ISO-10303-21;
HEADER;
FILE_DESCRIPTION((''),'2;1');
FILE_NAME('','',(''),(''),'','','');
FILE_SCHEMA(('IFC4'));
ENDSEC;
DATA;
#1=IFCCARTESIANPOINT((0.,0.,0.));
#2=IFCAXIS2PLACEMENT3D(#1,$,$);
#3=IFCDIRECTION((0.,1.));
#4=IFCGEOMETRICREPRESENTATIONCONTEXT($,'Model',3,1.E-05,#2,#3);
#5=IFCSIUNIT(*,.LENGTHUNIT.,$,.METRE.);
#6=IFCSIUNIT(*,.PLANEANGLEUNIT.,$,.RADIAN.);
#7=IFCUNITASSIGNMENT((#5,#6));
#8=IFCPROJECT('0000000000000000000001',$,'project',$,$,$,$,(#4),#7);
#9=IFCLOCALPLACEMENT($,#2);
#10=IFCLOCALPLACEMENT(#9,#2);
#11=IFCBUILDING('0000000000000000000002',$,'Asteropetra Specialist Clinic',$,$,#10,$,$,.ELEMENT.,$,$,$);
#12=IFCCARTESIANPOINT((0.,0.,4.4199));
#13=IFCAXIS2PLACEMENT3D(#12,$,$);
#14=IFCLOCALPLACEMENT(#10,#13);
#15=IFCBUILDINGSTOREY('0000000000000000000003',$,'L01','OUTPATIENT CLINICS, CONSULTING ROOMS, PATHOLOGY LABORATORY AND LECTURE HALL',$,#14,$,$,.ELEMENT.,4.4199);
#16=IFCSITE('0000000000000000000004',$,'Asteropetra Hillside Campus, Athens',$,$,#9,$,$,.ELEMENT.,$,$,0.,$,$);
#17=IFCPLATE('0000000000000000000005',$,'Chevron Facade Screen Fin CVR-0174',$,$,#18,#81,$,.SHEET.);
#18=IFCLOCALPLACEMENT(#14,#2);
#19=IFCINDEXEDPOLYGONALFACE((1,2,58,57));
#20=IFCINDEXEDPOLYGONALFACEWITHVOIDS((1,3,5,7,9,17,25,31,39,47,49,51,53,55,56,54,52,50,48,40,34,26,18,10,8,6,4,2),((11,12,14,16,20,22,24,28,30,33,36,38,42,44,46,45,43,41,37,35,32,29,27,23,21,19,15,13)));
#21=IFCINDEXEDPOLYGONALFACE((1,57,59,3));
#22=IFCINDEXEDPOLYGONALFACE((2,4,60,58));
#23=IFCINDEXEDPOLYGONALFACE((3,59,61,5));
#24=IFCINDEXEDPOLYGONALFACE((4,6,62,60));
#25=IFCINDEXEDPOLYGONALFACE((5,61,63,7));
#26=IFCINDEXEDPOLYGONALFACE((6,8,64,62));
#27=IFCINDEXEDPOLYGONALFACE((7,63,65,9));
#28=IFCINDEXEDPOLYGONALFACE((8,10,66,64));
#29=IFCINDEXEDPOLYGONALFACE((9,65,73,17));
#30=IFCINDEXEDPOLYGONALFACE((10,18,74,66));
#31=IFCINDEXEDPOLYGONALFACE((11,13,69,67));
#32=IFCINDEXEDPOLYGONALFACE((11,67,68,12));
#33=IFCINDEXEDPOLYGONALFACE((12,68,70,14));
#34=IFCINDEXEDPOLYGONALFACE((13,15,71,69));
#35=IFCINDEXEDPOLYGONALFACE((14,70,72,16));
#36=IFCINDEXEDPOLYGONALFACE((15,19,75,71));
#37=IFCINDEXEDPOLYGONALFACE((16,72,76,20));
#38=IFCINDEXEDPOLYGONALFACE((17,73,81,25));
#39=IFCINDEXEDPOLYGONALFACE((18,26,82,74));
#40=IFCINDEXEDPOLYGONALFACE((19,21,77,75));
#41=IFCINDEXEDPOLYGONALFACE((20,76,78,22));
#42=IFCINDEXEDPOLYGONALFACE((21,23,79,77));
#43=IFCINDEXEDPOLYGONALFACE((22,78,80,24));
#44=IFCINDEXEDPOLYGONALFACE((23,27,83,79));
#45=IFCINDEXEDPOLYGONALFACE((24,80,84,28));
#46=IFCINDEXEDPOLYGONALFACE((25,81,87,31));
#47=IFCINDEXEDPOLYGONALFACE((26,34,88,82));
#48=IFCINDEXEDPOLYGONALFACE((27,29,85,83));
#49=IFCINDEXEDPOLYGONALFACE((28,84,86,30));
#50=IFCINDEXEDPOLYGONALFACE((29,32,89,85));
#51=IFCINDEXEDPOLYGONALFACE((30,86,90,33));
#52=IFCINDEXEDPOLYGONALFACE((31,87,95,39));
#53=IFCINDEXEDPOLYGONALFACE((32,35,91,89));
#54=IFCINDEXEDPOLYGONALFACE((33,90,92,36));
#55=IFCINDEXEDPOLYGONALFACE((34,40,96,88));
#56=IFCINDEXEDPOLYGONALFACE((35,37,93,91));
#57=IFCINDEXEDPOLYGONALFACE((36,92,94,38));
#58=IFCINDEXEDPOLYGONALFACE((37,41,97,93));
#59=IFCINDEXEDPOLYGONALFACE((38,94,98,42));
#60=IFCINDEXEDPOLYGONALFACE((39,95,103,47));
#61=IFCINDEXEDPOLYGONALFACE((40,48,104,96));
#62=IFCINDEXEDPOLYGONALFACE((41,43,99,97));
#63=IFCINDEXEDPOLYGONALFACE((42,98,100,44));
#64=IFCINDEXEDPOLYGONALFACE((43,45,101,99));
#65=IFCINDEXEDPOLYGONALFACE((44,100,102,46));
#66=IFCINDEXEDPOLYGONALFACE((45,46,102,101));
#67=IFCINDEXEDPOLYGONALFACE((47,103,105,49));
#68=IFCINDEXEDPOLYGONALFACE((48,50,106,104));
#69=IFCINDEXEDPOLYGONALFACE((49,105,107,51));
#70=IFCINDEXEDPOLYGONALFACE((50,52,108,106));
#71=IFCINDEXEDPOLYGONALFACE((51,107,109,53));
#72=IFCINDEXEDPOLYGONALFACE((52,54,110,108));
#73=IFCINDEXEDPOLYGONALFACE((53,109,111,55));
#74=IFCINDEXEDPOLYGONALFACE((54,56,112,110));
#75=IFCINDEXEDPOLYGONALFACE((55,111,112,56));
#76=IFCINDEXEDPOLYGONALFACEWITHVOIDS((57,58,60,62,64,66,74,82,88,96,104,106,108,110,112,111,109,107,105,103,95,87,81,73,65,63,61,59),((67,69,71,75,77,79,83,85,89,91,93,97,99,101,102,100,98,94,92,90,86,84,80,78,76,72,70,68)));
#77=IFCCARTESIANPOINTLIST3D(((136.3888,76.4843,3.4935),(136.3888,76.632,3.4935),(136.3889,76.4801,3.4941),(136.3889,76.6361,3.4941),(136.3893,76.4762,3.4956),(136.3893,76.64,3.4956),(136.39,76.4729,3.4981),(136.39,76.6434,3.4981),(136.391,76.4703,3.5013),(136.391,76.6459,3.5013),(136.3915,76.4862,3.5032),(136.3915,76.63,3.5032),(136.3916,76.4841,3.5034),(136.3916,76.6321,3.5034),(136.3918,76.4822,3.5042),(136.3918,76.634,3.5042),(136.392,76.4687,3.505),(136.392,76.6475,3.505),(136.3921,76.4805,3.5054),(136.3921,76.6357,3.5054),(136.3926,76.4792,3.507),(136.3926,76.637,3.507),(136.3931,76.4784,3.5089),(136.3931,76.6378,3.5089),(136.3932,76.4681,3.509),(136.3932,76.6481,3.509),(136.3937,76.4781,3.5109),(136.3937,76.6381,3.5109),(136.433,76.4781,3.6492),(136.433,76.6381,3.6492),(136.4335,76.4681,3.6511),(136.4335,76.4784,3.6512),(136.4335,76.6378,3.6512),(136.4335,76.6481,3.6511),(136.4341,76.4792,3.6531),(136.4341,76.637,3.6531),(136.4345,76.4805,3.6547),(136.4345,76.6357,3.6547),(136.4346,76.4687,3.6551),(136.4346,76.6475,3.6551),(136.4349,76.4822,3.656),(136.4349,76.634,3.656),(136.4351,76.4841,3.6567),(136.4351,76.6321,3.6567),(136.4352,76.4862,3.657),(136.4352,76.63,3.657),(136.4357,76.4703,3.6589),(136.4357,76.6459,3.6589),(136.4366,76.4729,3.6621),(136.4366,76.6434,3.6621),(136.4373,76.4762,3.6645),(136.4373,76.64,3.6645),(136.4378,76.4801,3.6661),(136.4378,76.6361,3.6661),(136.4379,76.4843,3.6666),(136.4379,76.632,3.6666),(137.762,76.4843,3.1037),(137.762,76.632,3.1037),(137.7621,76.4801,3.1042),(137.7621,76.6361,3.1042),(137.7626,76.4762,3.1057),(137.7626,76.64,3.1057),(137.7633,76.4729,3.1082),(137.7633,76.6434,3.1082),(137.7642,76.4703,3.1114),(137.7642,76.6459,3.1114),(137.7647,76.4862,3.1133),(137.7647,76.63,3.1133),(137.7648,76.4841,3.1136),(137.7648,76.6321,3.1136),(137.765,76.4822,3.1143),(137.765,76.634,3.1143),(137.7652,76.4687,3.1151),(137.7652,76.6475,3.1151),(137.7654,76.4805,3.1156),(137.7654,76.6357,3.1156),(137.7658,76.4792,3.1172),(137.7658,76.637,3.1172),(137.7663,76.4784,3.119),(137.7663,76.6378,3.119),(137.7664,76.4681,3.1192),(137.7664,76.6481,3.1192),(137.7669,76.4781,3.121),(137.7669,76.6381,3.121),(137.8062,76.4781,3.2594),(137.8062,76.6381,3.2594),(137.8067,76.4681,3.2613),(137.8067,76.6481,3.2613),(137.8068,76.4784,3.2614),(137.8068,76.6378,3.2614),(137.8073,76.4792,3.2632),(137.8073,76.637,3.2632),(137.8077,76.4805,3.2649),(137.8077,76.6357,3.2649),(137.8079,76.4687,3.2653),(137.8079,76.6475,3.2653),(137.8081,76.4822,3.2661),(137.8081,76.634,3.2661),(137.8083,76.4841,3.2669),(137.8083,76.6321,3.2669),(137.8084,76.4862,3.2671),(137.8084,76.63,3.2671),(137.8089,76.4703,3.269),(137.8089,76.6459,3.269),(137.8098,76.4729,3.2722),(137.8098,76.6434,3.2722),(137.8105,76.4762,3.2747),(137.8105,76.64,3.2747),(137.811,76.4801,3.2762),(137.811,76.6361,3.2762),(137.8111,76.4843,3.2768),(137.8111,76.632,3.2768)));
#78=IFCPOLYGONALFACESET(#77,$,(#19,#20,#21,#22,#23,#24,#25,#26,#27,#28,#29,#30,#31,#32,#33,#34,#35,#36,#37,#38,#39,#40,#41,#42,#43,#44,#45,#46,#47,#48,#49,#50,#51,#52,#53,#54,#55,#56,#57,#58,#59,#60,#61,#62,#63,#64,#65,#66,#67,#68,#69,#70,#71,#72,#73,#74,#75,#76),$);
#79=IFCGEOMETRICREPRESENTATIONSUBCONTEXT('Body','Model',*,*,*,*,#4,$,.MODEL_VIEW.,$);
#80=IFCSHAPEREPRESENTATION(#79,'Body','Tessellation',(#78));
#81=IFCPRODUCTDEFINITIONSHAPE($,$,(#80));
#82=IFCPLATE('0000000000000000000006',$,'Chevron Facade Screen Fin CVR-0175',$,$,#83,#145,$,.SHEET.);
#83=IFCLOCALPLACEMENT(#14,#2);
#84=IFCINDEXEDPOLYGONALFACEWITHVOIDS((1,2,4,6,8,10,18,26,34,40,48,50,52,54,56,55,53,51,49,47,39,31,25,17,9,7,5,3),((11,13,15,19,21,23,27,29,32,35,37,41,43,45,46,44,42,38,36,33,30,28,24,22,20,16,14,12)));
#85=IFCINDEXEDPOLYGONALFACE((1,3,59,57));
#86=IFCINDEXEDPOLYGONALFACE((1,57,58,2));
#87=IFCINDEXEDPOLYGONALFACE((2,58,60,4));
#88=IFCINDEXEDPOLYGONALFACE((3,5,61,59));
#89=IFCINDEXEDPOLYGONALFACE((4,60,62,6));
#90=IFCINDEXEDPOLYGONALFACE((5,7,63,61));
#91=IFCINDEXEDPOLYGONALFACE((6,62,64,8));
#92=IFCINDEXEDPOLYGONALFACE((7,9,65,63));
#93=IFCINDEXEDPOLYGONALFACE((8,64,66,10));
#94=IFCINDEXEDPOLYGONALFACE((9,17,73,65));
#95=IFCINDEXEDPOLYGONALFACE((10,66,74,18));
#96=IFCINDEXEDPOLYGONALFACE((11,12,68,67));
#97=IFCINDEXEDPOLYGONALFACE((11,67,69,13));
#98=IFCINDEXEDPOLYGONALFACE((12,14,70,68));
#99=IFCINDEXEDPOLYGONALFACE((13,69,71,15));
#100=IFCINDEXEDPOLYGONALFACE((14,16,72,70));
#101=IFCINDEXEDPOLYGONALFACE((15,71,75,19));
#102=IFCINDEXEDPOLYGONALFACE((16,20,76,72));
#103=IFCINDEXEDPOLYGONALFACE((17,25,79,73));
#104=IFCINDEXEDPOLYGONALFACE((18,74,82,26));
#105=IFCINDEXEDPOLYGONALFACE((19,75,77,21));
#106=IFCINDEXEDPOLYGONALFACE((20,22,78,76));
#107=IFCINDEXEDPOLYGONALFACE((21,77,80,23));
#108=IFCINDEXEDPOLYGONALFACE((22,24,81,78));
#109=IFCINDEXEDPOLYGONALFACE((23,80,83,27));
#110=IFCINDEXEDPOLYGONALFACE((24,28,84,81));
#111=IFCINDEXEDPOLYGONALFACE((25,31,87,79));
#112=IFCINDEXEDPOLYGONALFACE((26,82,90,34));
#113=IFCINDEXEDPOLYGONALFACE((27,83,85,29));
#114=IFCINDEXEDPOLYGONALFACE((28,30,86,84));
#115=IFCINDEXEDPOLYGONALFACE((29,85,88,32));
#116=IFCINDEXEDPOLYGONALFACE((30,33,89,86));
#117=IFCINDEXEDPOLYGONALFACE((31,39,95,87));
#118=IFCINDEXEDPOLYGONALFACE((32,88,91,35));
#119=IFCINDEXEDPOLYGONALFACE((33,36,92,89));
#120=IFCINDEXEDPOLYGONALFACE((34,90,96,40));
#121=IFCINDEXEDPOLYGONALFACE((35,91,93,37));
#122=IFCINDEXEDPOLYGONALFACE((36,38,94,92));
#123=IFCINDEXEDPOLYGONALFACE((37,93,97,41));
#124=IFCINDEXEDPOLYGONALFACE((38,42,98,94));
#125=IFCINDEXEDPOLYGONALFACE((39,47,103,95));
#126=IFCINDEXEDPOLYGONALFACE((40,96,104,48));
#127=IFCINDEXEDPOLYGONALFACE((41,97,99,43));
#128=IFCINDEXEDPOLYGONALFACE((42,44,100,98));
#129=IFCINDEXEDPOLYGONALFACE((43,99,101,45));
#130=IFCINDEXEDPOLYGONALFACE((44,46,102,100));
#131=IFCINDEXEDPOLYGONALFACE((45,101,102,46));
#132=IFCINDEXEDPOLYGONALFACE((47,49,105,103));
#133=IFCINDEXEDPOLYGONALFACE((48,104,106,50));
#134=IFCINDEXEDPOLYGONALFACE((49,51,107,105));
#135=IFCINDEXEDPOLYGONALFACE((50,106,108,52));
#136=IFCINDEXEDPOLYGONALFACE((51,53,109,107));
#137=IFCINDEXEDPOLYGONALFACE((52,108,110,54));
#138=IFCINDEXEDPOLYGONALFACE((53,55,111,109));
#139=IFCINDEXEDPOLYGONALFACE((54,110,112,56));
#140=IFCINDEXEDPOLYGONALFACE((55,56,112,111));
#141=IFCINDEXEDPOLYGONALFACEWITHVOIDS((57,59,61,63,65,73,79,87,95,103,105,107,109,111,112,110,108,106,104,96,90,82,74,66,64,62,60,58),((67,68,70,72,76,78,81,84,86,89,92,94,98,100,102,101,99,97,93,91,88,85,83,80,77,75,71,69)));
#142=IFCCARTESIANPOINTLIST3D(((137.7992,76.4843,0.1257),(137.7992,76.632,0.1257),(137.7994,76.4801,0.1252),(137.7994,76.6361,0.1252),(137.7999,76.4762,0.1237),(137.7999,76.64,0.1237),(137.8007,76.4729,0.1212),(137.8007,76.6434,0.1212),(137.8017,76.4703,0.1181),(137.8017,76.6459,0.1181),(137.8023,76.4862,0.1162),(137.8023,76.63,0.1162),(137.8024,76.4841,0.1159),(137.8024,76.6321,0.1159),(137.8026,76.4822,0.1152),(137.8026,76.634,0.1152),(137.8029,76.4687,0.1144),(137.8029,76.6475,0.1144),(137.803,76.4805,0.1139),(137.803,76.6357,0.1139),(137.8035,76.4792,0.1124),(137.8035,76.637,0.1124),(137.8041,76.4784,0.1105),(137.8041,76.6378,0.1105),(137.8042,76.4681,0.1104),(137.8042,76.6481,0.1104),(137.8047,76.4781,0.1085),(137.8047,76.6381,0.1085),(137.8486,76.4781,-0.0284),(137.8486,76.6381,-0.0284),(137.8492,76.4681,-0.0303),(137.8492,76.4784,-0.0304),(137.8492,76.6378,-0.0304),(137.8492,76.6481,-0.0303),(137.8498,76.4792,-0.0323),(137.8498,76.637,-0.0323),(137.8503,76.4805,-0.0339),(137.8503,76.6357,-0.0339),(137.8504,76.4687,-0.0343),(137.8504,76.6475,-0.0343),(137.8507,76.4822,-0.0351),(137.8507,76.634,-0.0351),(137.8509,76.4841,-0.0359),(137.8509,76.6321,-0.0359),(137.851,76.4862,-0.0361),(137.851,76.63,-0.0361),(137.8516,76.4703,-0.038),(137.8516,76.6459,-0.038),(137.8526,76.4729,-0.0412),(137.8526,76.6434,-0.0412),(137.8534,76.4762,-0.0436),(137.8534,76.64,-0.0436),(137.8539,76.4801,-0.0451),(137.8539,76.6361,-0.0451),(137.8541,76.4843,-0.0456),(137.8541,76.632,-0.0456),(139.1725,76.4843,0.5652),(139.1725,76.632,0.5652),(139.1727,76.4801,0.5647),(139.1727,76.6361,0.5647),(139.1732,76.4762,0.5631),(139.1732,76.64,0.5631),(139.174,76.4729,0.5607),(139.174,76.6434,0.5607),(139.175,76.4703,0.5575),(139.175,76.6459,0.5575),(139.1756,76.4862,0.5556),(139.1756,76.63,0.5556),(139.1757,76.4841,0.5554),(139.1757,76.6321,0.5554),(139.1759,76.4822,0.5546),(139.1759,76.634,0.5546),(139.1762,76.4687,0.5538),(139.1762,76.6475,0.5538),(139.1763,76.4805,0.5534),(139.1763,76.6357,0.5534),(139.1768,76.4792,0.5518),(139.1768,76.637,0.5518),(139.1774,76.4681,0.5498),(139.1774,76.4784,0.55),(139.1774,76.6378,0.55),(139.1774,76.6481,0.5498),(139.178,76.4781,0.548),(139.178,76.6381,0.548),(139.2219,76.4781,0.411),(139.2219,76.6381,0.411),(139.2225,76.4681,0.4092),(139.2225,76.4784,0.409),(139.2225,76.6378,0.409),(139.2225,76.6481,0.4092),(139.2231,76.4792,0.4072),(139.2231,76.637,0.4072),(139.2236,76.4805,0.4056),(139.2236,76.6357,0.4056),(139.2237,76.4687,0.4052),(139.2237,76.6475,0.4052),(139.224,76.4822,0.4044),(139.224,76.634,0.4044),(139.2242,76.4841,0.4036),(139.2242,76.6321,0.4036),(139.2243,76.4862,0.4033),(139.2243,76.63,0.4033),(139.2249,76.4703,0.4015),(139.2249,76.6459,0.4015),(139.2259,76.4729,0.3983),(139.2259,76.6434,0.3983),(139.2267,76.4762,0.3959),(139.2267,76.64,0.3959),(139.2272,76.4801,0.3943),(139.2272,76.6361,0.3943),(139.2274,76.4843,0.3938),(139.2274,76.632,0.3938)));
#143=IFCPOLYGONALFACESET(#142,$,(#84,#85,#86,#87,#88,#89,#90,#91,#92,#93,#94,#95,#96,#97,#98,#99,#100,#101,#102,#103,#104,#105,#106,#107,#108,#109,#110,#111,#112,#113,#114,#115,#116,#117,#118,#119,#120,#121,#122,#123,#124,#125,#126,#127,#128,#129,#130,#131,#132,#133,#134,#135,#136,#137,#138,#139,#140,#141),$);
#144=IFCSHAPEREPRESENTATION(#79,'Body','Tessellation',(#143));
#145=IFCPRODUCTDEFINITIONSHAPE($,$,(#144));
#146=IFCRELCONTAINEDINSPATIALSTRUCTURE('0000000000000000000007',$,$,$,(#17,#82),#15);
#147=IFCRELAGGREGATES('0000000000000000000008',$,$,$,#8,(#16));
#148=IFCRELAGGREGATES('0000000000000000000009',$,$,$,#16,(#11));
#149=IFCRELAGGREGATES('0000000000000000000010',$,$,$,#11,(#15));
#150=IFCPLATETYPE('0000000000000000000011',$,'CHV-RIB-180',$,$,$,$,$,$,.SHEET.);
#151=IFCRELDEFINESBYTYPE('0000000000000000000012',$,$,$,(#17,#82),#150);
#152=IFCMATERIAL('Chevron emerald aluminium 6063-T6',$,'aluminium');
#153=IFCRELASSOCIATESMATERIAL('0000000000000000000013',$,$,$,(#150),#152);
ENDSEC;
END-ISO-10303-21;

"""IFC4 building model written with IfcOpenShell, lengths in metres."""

from ifc_helpers import new_model, si_unit, direction, frame, origin, origin_2d, place, context, subcontext, project, spatial, hollow_rectangle, extrude, material, material_profile, profile_set, type_object, element, save


model = new_model("IFC4")

# Units and contexts
model_context = context("Model", 3, precision=1e-05, world=origin(), true_north=direction((0.0, 1.0)))
body_context = subcontext(model_context, "Body", "Model", "MODEL_VIEW")
ifc_project = project(units=[si_unit("LENGTHUNIT", "METRE"), si_unit("PLANEANGLEUNIT", "RADIAN")], contexts=[model_context])

# Site, building, storey
site_placement = place(None, origin())
site = spatial("IfcSite", under=ifc_project, at=site_placement, Name="Asteropetra Hillside Campus, Athens", CompositionType="ELEMENT", RefElevation=0.0)
building_placement = place(site_placement, origin())
building = spatial("IfcBuilding", under=site, at=building_placement, Name="Asteropetra Specialist Clinic", CompositionType="ELEMENT")
storey_placement = place(building_placement, frame((0.0, 0.0, 4.4199)))
storey = spatial("IfcBuildingStorey", under=building, at=storey_placement, Name="L01", Description="OUTPATIENT CLINICS, CONSULTING ROOMS, PATHOLOGY LABORATORY AND LECTURE HALL", CompositionType="ELEMENT", Elevation=4.4199)

# Plates
ifc_material_1 = material(Name="Chevron emerald aluminium 6063-T6", Category="aluminium")
ifc_material_profile_1 = material_profile(ifc_material_1, hollow_rectangle(XDim=0.1799, YDim=0.1799, WallThickness=0.01, InnerFilletRadius=0.0081, OuterFilletRadius=0.0161, at=origin_2d()), Name="SHS 180x180x10.0")
ifc_profile_set_1 = profile_set([ifc_material_profile_1], Name="Chevron emerald aluminium 6063-T6")
plate_type = type_object("IfcPlateType", Name="CHV-RIB-180", PredefinedType="SHEET", material=ifc_profile_set_1)
for number, where, z_axis, x_axis, name in (
    (1, (136.4133, 76.5581, 3.5801), (0.961981, 0.0, -0.273117), (0.0, 1.0, 0.0), "Chevron Facade Screen Fin CVR-0174"),
):
    element("IfcPlate", number, at=place(storey_placement, frame(where, z_axis=z_axis, x_axis=x_axis)), inside=storey, type_object=plate_type, Name=name, PredefinedType="SHEET", context=body_context, shape_type="SweptSolid", body=[
        extrude(hollow_rectangle(XDim=0.1799, YDim=0.1799, WallThickness=0.01, InnerFilletRadius=0.0081, OuterFilletRadius=0.0161, at=origin_2d()), origin(), (0.0, 0.0, 1.0), 1.4275),
    ])
for number, where, z_axis, x_axis, name in (
    (2, (137.8267, 76.5581, 0.04), (0.952424, 0.0, 0.304776), (0.0, 1.0, 0.0), "Chevron Facade Screen Fin CVR-0175"),
):
    element("IfcPlate", number, at=place(storey_placement, frame(where, z_axis=z_axis, x_axis=x_axis)), inside=storey, type_object=plate_type, Name=name, PredefinedType="SHEET", context=body_context, shape_type="SweptSolid", body=[
        extrude(hollow_rectangle(XDim=0.1799, YDim=0.1799, WallThickness=0.01, InnerFilletRadius=0.0081, OuterFilletRadius=0.0161, at=origin_2d()), origin(), (0.0, 0.0, 1.0), 1.4419),
    ])

save(model, "model.ifc")
